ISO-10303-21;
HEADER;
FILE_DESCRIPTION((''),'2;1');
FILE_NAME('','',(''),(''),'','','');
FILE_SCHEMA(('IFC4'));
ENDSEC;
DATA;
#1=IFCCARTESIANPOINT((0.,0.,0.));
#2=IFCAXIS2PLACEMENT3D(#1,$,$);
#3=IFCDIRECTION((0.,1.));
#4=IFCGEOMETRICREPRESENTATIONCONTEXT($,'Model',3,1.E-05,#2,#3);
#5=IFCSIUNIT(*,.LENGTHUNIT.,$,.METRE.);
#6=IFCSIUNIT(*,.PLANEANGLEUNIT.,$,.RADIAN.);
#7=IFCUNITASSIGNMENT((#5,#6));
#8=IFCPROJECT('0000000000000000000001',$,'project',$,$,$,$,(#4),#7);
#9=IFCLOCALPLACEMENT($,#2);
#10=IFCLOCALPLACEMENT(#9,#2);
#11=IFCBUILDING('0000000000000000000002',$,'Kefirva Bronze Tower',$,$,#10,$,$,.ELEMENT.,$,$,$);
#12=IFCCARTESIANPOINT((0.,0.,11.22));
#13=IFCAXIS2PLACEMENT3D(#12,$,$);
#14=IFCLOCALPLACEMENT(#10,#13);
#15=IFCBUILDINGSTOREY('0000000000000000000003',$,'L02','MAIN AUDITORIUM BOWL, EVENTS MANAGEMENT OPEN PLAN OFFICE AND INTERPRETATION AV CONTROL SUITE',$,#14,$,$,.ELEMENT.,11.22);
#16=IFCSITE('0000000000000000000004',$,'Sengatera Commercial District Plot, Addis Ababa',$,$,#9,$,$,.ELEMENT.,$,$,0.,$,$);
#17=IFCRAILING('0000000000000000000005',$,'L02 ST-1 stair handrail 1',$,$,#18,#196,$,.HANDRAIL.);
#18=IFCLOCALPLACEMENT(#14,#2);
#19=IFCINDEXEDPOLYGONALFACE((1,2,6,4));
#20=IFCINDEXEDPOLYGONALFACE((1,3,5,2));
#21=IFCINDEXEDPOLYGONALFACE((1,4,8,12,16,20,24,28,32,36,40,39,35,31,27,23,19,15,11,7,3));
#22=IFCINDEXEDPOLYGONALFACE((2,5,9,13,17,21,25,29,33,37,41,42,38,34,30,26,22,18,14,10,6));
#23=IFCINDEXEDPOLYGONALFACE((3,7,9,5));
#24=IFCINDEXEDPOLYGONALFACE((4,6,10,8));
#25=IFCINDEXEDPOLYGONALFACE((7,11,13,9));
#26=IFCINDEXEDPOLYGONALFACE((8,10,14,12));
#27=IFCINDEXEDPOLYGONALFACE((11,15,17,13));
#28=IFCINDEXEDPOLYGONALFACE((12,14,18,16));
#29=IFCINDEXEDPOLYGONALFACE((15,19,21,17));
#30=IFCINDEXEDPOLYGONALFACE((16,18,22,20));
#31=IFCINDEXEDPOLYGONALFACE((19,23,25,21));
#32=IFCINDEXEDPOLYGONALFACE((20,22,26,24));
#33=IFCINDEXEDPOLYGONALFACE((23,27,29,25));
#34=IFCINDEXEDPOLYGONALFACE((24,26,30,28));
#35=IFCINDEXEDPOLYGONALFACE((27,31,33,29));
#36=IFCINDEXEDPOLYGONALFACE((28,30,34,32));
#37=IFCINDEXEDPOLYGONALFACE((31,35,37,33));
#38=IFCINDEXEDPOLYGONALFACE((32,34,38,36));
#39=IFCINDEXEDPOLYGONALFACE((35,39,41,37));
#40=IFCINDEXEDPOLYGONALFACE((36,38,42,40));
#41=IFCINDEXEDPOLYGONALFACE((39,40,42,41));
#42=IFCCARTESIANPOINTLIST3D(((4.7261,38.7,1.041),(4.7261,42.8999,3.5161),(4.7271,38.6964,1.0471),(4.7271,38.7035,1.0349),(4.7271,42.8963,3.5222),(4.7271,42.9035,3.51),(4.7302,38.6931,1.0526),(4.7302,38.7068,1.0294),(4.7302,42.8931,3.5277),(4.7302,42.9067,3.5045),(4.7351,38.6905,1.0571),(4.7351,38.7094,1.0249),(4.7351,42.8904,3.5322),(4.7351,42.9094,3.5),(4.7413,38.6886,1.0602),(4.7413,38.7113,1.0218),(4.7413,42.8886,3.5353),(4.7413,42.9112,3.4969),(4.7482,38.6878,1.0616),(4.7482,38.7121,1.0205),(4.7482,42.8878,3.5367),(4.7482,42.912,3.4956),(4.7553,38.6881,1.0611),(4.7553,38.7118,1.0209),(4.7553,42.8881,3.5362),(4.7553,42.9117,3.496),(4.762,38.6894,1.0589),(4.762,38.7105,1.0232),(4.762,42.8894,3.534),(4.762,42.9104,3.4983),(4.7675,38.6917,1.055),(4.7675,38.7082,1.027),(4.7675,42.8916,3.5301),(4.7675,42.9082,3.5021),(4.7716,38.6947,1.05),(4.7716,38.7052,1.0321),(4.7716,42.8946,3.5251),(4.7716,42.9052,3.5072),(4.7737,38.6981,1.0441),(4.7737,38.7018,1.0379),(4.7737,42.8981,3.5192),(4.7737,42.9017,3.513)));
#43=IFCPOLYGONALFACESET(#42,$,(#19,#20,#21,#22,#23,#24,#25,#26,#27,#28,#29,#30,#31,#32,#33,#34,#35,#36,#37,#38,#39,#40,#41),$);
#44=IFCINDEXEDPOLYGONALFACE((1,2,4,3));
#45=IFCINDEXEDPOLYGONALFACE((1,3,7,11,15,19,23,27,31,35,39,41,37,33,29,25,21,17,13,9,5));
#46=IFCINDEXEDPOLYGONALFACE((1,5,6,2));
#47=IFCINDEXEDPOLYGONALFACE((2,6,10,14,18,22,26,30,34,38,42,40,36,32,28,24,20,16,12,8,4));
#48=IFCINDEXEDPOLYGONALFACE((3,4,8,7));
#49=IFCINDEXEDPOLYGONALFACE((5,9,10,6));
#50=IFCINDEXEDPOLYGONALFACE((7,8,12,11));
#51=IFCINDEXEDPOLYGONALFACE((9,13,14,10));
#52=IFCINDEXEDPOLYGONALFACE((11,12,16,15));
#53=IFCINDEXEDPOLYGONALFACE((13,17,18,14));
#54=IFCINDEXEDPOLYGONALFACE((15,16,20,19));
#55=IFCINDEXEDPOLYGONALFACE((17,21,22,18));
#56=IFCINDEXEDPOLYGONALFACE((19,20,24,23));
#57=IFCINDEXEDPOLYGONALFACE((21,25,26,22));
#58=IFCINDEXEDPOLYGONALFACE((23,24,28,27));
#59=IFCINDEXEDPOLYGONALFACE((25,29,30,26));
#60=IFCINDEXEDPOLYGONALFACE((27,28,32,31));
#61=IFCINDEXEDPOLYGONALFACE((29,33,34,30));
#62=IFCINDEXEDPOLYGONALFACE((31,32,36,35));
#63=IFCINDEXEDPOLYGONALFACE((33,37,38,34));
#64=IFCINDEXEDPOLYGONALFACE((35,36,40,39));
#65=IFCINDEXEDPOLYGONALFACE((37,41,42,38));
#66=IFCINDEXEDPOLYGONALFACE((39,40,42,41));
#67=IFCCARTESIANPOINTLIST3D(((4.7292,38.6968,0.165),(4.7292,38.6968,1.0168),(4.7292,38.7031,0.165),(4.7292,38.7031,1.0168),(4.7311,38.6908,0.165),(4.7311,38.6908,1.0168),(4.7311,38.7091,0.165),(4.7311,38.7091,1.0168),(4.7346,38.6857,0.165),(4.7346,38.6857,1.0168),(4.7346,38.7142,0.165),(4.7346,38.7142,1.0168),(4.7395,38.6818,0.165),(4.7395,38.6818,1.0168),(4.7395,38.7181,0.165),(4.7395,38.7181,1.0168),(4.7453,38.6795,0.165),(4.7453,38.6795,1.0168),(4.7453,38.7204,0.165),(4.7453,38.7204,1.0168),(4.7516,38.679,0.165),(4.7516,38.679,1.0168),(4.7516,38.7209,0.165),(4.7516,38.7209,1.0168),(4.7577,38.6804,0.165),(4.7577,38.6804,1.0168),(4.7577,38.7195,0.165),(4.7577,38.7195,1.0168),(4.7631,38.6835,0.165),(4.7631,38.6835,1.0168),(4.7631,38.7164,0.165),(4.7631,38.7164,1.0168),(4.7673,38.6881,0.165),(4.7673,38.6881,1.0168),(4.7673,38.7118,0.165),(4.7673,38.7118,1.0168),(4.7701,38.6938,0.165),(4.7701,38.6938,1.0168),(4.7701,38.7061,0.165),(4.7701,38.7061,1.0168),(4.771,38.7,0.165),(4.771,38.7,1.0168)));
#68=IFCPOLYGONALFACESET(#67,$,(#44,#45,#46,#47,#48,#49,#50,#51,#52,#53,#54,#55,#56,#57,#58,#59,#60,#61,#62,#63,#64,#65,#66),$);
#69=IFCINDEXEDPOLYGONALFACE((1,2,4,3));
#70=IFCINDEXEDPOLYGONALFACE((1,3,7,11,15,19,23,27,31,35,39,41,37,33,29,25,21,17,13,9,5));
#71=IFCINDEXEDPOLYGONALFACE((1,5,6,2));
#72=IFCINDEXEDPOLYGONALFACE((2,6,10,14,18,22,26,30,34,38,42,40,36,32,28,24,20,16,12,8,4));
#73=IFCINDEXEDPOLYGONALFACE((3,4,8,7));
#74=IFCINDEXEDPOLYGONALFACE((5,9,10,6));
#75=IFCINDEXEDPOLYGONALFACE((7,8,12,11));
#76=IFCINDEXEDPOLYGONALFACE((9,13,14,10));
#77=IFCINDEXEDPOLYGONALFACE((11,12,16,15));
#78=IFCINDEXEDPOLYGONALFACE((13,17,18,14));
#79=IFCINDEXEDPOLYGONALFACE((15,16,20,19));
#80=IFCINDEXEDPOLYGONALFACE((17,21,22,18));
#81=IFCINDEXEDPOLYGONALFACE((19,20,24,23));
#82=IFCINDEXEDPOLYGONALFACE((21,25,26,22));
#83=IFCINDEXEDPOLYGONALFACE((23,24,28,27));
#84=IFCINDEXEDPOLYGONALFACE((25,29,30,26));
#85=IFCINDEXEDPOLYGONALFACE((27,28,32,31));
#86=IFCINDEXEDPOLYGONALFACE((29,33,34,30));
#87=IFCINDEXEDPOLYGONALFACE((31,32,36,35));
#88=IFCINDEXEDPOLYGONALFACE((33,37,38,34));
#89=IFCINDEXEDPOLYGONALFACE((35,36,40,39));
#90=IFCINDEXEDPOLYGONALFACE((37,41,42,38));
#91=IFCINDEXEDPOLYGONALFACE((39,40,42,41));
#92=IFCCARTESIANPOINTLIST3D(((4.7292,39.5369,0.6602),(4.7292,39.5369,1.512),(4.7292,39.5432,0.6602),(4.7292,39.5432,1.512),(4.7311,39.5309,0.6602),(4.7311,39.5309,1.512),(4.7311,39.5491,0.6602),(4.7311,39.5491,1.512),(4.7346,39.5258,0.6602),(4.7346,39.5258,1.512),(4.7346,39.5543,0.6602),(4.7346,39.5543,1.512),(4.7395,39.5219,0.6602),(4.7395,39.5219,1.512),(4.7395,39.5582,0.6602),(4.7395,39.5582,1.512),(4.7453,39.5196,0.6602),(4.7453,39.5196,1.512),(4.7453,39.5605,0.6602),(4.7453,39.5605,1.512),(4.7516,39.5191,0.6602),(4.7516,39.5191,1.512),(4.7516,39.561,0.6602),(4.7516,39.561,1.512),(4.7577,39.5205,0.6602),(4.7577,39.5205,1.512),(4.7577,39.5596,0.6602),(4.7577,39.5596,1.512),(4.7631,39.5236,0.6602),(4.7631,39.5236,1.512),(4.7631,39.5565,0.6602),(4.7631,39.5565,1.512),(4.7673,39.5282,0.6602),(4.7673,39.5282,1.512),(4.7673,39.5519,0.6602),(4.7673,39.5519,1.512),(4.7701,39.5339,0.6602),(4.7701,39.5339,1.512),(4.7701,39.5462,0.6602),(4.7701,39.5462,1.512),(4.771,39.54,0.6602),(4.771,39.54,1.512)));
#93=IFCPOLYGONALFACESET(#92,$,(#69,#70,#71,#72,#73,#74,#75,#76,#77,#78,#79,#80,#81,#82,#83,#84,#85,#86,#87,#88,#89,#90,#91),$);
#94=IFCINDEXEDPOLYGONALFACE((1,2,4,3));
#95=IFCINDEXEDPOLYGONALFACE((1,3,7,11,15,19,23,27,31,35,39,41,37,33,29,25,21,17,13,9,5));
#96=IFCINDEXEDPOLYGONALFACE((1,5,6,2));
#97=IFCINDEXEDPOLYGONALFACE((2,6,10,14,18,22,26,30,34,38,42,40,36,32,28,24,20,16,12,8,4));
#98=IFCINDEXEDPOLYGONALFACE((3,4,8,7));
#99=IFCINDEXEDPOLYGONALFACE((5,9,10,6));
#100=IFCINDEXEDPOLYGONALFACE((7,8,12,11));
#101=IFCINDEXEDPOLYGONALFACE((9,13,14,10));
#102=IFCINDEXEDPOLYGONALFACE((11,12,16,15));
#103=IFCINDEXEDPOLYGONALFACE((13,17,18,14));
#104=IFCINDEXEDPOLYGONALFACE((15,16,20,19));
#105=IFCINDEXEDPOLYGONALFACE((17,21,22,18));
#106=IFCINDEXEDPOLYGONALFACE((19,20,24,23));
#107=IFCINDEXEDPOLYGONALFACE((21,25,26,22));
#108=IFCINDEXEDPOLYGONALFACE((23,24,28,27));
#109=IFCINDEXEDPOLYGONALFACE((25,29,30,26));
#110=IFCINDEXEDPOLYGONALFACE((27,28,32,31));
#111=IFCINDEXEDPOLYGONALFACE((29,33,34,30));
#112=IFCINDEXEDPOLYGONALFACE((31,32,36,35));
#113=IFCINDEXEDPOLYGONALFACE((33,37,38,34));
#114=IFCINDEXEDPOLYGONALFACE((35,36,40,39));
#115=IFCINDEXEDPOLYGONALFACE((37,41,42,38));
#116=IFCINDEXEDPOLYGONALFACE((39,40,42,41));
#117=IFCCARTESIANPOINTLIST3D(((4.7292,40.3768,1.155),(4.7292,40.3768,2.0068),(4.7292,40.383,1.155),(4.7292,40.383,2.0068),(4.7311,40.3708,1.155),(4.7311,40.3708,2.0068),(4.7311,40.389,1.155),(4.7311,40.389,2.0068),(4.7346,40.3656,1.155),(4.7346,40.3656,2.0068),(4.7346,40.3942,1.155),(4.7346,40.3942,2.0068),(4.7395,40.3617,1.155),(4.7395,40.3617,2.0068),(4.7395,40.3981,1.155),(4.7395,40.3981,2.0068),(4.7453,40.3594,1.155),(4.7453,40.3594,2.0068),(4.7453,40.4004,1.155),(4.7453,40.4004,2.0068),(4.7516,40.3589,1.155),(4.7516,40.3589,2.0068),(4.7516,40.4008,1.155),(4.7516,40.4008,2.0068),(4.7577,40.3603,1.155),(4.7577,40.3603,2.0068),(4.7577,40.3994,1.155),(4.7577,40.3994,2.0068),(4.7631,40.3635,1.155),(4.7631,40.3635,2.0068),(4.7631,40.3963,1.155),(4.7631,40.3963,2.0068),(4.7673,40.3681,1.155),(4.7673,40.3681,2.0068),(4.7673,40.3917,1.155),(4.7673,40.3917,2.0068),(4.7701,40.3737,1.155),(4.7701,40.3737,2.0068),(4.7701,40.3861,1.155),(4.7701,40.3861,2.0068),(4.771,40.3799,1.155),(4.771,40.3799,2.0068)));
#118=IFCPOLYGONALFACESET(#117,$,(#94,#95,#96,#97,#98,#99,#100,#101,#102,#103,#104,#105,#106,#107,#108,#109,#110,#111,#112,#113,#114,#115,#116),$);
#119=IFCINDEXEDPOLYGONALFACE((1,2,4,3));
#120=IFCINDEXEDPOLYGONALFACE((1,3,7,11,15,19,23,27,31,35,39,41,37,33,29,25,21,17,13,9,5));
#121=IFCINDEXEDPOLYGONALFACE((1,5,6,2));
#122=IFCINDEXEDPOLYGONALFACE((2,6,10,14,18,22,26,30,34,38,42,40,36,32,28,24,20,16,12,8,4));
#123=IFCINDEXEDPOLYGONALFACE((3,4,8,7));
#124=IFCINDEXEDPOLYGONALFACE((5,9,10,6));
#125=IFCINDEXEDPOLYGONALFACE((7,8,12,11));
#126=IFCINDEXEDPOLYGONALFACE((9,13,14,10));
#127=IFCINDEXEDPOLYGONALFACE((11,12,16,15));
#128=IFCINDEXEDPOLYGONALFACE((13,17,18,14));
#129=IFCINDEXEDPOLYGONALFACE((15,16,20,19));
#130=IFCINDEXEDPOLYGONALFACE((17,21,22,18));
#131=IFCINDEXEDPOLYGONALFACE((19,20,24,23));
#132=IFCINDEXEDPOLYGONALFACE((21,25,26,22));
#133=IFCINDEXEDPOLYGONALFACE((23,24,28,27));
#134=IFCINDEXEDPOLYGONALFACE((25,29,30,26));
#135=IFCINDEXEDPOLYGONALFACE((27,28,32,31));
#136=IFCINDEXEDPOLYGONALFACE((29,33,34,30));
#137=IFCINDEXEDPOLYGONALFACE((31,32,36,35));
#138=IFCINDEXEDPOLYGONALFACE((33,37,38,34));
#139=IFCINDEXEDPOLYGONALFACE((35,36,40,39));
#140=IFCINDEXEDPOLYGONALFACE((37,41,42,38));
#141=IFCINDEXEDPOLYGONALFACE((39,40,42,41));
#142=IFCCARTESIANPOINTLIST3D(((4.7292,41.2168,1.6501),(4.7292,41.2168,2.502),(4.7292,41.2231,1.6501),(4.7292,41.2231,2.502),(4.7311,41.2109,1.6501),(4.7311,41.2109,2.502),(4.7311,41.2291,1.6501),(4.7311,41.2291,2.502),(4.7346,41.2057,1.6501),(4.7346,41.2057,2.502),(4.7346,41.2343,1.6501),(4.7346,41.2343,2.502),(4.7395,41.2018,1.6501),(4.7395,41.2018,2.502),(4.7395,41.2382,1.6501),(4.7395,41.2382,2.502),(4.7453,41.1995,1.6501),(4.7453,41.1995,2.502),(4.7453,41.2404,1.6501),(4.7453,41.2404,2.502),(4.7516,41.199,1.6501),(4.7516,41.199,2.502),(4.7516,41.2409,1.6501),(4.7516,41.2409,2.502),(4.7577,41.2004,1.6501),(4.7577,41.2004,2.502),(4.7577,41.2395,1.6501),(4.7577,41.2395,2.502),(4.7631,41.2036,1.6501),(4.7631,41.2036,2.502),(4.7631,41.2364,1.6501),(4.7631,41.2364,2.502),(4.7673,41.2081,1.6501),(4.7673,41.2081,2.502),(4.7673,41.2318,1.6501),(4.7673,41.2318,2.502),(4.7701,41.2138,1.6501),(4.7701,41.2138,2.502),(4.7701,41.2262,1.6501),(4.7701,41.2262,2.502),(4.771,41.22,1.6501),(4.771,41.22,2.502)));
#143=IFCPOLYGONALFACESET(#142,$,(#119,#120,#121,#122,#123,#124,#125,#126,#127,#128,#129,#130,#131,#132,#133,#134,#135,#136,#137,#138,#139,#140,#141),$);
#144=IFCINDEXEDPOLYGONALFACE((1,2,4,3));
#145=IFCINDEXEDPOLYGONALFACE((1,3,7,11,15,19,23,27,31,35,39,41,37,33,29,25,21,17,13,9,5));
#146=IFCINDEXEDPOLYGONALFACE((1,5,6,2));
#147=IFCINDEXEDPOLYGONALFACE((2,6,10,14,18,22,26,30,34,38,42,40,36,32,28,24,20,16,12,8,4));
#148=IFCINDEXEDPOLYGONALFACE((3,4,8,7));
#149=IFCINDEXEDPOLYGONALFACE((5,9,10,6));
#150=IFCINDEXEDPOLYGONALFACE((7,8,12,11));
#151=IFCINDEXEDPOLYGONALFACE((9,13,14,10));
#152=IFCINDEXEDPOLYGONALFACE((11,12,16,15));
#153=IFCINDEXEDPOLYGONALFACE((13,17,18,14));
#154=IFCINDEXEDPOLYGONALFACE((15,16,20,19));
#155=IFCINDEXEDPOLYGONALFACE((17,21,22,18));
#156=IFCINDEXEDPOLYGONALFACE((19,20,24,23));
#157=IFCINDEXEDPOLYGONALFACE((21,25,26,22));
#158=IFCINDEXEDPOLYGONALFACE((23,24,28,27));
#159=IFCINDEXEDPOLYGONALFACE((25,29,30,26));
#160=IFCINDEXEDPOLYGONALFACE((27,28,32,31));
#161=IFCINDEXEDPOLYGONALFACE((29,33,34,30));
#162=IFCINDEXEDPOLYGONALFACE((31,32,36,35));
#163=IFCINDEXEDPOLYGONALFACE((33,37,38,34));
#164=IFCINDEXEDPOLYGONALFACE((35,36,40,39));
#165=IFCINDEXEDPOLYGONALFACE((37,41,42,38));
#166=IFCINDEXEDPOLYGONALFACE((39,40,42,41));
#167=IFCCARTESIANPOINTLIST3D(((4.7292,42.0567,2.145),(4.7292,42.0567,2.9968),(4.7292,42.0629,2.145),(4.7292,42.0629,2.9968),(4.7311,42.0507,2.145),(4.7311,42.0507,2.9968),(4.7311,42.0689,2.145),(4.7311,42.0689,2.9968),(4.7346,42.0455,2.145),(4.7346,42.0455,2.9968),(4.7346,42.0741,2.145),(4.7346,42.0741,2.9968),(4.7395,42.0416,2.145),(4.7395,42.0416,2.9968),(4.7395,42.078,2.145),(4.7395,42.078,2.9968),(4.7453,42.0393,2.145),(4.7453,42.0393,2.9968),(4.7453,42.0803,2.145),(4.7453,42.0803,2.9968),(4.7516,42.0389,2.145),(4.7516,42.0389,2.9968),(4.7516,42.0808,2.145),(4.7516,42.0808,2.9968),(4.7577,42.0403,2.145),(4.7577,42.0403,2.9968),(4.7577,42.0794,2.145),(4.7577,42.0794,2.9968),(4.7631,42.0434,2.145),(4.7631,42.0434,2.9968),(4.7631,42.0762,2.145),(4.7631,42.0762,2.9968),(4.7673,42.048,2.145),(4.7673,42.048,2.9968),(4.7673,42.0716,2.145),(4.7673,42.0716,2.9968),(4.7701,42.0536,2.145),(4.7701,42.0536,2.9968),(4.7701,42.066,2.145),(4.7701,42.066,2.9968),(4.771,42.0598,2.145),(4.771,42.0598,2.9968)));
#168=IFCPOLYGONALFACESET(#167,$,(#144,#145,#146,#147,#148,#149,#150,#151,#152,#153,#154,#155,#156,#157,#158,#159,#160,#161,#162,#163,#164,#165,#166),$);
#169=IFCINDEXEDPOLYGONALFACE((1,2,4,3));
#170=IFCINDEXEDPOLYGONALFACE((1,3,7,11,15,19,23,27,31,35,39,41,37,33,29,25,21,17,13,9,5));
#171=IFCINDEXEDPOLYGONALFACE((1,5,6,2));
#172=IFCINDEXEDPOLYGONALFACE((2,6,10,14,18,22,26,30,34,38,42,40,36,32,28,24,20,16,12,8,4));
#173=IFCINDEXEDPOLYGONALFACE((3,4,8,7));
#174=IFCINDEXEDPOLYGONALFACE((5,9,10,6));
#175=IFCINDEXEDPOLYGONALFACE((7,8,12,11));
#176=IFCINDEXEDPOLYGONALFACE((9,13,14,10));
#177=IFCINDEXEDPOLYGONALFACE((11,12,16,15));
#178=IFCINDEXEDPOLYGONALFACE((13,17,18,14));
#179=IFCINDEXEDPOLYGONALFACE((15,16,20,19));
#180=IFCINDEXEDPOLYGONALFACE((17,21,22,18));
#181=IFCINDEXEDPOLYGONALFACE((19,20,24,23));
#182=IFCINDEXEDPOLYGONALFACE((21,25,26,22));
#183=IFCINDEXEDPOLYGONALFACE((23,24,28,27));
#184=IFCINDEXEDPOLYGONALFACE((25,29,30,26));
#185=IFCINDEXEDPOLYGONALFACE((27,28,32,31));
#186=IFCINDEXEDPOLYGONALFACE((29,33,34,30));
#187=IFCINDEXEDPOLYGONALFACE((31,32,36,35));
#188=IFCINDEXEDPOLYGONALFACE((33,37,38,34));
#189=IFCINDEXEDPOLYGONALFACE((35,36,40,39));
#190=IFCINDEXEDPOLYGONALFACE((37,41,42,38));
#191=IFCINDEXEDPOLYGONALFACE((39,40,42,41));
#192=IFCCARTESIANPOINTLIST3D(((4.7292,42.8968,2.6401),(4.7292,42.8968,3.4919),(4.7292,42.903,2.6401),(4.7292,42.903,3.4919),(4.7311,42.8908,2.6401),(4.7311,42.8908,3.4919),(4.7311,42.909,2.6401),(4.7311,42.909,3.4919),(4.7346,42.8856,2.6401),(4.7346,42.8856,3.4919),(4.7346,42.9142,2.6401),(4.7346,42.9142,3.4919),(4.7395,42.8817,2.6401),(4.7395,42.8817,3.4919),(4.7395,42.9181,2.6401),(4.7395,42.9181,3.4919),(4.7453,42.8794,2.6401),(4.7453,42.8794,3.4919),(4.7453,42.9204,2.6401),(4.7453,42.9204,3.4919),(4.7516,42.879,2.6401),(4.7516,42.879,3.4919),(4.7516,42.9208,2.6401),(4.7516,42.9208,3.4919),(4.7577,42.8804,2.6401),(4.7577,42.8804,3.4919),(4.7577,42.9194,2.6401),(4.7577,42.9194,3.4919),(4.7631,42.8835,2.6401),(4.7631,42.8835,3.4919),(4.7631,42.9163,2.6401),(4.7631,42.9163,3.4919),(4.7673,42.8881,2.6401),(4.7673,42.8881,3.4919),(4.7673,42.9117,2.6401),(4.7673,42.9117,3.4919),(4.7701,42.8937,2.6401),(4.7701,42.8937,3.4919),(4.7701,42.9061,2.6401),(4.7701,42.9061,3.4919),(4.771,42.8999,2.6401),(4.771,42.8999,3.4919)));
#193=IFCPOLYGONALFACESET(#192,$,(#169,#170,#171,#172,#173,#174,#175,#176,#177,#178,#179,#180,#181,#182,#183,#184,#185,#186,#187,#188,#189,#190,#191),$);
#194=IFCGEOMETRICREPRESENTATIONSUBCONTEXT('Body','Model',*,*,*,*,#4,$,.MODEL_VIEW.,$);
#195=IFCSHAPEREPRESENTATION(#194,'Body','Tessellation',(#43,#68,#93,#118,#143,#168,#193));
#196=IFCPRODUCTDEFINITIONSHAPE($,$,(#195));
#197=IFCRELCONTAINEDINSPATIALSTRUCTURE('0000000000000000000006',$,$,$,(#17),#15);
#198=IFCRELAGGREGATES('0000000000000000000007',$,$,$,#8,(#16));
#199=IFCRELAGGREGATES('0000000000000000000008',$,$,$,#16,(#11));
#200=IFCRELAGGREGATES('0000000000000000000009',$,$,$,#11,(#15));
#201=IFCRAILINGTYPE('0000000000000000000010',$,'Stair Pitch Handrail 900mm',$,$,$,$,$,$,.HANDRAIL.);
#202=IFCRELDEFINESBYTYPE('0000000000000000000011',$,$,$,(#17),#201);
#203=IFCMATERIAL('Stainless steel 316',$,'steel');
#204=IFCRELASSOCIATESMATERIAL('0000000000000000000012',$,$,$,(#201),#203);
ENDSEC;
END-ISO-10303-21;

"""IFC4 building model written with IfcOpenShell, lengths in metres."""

from ifc_helpers import new_model, si_unit, direction, frame, origin, origin_2d, place, context, subcontext, project, spatial, circle, extrude, material, type_object, element, save


model = new_model("IFC4")

# Units and contexts
model_context = context("Model", 3, precision=1e-05, world=origin(), true_north=direction((0.0, 1.0)))
body_context = subcontext(model_context, "Body", "Model", "MODEL_VIEW")
ifc_project = project(units=[si_unit("LENGTHUNIT", "METRE"), si_unit("PLANEANGLEUNIT", "RADIAN")], contexts=[model_context])

# Site, building, storey
site_placement = place(None, origin())
site = spatial("IfcSite", under=ifc_project, at=site_placement, Name="Sengatera Commercial District Plot, Addis Ababa", CompositionType="ELEMENT", RefElevation=0.0)
building_placement = place(site_placement, origin())
building = spatial("IfcBuilding", under=site, at=building_placement, Name="Kefirva Bronze Tower", CompositionType="ELEMENT")
storey_placement = place(building_placement, frame((0.0, 0.0, 11.22)))
storey = spatial("IfcBuildingStorey", under=building, at=storey_placement, Name="L02", Description="MAIN AUDITORIUM BOWL, EVENTS MANAGEMENT OPEN PLAN OFFICE AND INTERPRETATION AV CONTROL SUITE", CompositionType="ELEMENT", Elevation=11.22)

# Shared definitions
ifc_material_1 = material(Name="Stainless steel 316", Category="steel")

# Railing
railing_type_1 = type_object("IfcRailingType", Name="Stair Pitch Handrail 900mm", PredefinedType="HANDRAIL", material=ifc_material_1)
railing_1_placement = place(storey_placement, frame((4.75, 38.7, 0.165)))
element("IfcRailing", 1, at=railing_1_placement, inside=storey, type_object=railing_type_1, Name="L02 ST-1 stair handrail 1", PredefinedType="HANDRAIL", context=body_context, shape_type="SweptSolid", body=[
    extrude(circle(Radius=0.0239, at=origin_2d()), frame((0.0, 0.0, 0.876), z_axis=(0.0, 0.861527, 0.507712), x_axis=(-1.0, 0.0, 0.0)), (0.0, 0.0, 1.0), 4.875),
    extrude(circle(Radius=0.021, at=origin_2d()), origin(), (0.0, 0.0, 1.0), 0.8518),
    extrude(circle(Radius=0.021, at=origin_2d()), frame((0.0, 0.8401, 0.4951)), (0.0, 0.0, 1.0), 0.8518),
    extrude(circle(Radius=0.021, at=origin_2d()), frame((0.0, 1.6799, 0.99)), (0.0, 0.0, 1.0), 0.8518),
    extrude(circle(Radius=0.021, at=origin_2d()), frame((0.0, 2.52, 1.4851)), (0.0, 0.0, 1.0), 0.8518),
    extrude(circle(Radius=0.021, at=origin_2d()), frame((0.0, 3.3599, 1.98)), (0.0, 0.0, 1.0), 0.8518),
    extrude(circle(Radius=0.021, at=origin_2d()), frame((0.0, 4.2, 2.4751)), (0.0, 0.0, 1.0), 0.8518),
])

save(model, "model.ifc")
